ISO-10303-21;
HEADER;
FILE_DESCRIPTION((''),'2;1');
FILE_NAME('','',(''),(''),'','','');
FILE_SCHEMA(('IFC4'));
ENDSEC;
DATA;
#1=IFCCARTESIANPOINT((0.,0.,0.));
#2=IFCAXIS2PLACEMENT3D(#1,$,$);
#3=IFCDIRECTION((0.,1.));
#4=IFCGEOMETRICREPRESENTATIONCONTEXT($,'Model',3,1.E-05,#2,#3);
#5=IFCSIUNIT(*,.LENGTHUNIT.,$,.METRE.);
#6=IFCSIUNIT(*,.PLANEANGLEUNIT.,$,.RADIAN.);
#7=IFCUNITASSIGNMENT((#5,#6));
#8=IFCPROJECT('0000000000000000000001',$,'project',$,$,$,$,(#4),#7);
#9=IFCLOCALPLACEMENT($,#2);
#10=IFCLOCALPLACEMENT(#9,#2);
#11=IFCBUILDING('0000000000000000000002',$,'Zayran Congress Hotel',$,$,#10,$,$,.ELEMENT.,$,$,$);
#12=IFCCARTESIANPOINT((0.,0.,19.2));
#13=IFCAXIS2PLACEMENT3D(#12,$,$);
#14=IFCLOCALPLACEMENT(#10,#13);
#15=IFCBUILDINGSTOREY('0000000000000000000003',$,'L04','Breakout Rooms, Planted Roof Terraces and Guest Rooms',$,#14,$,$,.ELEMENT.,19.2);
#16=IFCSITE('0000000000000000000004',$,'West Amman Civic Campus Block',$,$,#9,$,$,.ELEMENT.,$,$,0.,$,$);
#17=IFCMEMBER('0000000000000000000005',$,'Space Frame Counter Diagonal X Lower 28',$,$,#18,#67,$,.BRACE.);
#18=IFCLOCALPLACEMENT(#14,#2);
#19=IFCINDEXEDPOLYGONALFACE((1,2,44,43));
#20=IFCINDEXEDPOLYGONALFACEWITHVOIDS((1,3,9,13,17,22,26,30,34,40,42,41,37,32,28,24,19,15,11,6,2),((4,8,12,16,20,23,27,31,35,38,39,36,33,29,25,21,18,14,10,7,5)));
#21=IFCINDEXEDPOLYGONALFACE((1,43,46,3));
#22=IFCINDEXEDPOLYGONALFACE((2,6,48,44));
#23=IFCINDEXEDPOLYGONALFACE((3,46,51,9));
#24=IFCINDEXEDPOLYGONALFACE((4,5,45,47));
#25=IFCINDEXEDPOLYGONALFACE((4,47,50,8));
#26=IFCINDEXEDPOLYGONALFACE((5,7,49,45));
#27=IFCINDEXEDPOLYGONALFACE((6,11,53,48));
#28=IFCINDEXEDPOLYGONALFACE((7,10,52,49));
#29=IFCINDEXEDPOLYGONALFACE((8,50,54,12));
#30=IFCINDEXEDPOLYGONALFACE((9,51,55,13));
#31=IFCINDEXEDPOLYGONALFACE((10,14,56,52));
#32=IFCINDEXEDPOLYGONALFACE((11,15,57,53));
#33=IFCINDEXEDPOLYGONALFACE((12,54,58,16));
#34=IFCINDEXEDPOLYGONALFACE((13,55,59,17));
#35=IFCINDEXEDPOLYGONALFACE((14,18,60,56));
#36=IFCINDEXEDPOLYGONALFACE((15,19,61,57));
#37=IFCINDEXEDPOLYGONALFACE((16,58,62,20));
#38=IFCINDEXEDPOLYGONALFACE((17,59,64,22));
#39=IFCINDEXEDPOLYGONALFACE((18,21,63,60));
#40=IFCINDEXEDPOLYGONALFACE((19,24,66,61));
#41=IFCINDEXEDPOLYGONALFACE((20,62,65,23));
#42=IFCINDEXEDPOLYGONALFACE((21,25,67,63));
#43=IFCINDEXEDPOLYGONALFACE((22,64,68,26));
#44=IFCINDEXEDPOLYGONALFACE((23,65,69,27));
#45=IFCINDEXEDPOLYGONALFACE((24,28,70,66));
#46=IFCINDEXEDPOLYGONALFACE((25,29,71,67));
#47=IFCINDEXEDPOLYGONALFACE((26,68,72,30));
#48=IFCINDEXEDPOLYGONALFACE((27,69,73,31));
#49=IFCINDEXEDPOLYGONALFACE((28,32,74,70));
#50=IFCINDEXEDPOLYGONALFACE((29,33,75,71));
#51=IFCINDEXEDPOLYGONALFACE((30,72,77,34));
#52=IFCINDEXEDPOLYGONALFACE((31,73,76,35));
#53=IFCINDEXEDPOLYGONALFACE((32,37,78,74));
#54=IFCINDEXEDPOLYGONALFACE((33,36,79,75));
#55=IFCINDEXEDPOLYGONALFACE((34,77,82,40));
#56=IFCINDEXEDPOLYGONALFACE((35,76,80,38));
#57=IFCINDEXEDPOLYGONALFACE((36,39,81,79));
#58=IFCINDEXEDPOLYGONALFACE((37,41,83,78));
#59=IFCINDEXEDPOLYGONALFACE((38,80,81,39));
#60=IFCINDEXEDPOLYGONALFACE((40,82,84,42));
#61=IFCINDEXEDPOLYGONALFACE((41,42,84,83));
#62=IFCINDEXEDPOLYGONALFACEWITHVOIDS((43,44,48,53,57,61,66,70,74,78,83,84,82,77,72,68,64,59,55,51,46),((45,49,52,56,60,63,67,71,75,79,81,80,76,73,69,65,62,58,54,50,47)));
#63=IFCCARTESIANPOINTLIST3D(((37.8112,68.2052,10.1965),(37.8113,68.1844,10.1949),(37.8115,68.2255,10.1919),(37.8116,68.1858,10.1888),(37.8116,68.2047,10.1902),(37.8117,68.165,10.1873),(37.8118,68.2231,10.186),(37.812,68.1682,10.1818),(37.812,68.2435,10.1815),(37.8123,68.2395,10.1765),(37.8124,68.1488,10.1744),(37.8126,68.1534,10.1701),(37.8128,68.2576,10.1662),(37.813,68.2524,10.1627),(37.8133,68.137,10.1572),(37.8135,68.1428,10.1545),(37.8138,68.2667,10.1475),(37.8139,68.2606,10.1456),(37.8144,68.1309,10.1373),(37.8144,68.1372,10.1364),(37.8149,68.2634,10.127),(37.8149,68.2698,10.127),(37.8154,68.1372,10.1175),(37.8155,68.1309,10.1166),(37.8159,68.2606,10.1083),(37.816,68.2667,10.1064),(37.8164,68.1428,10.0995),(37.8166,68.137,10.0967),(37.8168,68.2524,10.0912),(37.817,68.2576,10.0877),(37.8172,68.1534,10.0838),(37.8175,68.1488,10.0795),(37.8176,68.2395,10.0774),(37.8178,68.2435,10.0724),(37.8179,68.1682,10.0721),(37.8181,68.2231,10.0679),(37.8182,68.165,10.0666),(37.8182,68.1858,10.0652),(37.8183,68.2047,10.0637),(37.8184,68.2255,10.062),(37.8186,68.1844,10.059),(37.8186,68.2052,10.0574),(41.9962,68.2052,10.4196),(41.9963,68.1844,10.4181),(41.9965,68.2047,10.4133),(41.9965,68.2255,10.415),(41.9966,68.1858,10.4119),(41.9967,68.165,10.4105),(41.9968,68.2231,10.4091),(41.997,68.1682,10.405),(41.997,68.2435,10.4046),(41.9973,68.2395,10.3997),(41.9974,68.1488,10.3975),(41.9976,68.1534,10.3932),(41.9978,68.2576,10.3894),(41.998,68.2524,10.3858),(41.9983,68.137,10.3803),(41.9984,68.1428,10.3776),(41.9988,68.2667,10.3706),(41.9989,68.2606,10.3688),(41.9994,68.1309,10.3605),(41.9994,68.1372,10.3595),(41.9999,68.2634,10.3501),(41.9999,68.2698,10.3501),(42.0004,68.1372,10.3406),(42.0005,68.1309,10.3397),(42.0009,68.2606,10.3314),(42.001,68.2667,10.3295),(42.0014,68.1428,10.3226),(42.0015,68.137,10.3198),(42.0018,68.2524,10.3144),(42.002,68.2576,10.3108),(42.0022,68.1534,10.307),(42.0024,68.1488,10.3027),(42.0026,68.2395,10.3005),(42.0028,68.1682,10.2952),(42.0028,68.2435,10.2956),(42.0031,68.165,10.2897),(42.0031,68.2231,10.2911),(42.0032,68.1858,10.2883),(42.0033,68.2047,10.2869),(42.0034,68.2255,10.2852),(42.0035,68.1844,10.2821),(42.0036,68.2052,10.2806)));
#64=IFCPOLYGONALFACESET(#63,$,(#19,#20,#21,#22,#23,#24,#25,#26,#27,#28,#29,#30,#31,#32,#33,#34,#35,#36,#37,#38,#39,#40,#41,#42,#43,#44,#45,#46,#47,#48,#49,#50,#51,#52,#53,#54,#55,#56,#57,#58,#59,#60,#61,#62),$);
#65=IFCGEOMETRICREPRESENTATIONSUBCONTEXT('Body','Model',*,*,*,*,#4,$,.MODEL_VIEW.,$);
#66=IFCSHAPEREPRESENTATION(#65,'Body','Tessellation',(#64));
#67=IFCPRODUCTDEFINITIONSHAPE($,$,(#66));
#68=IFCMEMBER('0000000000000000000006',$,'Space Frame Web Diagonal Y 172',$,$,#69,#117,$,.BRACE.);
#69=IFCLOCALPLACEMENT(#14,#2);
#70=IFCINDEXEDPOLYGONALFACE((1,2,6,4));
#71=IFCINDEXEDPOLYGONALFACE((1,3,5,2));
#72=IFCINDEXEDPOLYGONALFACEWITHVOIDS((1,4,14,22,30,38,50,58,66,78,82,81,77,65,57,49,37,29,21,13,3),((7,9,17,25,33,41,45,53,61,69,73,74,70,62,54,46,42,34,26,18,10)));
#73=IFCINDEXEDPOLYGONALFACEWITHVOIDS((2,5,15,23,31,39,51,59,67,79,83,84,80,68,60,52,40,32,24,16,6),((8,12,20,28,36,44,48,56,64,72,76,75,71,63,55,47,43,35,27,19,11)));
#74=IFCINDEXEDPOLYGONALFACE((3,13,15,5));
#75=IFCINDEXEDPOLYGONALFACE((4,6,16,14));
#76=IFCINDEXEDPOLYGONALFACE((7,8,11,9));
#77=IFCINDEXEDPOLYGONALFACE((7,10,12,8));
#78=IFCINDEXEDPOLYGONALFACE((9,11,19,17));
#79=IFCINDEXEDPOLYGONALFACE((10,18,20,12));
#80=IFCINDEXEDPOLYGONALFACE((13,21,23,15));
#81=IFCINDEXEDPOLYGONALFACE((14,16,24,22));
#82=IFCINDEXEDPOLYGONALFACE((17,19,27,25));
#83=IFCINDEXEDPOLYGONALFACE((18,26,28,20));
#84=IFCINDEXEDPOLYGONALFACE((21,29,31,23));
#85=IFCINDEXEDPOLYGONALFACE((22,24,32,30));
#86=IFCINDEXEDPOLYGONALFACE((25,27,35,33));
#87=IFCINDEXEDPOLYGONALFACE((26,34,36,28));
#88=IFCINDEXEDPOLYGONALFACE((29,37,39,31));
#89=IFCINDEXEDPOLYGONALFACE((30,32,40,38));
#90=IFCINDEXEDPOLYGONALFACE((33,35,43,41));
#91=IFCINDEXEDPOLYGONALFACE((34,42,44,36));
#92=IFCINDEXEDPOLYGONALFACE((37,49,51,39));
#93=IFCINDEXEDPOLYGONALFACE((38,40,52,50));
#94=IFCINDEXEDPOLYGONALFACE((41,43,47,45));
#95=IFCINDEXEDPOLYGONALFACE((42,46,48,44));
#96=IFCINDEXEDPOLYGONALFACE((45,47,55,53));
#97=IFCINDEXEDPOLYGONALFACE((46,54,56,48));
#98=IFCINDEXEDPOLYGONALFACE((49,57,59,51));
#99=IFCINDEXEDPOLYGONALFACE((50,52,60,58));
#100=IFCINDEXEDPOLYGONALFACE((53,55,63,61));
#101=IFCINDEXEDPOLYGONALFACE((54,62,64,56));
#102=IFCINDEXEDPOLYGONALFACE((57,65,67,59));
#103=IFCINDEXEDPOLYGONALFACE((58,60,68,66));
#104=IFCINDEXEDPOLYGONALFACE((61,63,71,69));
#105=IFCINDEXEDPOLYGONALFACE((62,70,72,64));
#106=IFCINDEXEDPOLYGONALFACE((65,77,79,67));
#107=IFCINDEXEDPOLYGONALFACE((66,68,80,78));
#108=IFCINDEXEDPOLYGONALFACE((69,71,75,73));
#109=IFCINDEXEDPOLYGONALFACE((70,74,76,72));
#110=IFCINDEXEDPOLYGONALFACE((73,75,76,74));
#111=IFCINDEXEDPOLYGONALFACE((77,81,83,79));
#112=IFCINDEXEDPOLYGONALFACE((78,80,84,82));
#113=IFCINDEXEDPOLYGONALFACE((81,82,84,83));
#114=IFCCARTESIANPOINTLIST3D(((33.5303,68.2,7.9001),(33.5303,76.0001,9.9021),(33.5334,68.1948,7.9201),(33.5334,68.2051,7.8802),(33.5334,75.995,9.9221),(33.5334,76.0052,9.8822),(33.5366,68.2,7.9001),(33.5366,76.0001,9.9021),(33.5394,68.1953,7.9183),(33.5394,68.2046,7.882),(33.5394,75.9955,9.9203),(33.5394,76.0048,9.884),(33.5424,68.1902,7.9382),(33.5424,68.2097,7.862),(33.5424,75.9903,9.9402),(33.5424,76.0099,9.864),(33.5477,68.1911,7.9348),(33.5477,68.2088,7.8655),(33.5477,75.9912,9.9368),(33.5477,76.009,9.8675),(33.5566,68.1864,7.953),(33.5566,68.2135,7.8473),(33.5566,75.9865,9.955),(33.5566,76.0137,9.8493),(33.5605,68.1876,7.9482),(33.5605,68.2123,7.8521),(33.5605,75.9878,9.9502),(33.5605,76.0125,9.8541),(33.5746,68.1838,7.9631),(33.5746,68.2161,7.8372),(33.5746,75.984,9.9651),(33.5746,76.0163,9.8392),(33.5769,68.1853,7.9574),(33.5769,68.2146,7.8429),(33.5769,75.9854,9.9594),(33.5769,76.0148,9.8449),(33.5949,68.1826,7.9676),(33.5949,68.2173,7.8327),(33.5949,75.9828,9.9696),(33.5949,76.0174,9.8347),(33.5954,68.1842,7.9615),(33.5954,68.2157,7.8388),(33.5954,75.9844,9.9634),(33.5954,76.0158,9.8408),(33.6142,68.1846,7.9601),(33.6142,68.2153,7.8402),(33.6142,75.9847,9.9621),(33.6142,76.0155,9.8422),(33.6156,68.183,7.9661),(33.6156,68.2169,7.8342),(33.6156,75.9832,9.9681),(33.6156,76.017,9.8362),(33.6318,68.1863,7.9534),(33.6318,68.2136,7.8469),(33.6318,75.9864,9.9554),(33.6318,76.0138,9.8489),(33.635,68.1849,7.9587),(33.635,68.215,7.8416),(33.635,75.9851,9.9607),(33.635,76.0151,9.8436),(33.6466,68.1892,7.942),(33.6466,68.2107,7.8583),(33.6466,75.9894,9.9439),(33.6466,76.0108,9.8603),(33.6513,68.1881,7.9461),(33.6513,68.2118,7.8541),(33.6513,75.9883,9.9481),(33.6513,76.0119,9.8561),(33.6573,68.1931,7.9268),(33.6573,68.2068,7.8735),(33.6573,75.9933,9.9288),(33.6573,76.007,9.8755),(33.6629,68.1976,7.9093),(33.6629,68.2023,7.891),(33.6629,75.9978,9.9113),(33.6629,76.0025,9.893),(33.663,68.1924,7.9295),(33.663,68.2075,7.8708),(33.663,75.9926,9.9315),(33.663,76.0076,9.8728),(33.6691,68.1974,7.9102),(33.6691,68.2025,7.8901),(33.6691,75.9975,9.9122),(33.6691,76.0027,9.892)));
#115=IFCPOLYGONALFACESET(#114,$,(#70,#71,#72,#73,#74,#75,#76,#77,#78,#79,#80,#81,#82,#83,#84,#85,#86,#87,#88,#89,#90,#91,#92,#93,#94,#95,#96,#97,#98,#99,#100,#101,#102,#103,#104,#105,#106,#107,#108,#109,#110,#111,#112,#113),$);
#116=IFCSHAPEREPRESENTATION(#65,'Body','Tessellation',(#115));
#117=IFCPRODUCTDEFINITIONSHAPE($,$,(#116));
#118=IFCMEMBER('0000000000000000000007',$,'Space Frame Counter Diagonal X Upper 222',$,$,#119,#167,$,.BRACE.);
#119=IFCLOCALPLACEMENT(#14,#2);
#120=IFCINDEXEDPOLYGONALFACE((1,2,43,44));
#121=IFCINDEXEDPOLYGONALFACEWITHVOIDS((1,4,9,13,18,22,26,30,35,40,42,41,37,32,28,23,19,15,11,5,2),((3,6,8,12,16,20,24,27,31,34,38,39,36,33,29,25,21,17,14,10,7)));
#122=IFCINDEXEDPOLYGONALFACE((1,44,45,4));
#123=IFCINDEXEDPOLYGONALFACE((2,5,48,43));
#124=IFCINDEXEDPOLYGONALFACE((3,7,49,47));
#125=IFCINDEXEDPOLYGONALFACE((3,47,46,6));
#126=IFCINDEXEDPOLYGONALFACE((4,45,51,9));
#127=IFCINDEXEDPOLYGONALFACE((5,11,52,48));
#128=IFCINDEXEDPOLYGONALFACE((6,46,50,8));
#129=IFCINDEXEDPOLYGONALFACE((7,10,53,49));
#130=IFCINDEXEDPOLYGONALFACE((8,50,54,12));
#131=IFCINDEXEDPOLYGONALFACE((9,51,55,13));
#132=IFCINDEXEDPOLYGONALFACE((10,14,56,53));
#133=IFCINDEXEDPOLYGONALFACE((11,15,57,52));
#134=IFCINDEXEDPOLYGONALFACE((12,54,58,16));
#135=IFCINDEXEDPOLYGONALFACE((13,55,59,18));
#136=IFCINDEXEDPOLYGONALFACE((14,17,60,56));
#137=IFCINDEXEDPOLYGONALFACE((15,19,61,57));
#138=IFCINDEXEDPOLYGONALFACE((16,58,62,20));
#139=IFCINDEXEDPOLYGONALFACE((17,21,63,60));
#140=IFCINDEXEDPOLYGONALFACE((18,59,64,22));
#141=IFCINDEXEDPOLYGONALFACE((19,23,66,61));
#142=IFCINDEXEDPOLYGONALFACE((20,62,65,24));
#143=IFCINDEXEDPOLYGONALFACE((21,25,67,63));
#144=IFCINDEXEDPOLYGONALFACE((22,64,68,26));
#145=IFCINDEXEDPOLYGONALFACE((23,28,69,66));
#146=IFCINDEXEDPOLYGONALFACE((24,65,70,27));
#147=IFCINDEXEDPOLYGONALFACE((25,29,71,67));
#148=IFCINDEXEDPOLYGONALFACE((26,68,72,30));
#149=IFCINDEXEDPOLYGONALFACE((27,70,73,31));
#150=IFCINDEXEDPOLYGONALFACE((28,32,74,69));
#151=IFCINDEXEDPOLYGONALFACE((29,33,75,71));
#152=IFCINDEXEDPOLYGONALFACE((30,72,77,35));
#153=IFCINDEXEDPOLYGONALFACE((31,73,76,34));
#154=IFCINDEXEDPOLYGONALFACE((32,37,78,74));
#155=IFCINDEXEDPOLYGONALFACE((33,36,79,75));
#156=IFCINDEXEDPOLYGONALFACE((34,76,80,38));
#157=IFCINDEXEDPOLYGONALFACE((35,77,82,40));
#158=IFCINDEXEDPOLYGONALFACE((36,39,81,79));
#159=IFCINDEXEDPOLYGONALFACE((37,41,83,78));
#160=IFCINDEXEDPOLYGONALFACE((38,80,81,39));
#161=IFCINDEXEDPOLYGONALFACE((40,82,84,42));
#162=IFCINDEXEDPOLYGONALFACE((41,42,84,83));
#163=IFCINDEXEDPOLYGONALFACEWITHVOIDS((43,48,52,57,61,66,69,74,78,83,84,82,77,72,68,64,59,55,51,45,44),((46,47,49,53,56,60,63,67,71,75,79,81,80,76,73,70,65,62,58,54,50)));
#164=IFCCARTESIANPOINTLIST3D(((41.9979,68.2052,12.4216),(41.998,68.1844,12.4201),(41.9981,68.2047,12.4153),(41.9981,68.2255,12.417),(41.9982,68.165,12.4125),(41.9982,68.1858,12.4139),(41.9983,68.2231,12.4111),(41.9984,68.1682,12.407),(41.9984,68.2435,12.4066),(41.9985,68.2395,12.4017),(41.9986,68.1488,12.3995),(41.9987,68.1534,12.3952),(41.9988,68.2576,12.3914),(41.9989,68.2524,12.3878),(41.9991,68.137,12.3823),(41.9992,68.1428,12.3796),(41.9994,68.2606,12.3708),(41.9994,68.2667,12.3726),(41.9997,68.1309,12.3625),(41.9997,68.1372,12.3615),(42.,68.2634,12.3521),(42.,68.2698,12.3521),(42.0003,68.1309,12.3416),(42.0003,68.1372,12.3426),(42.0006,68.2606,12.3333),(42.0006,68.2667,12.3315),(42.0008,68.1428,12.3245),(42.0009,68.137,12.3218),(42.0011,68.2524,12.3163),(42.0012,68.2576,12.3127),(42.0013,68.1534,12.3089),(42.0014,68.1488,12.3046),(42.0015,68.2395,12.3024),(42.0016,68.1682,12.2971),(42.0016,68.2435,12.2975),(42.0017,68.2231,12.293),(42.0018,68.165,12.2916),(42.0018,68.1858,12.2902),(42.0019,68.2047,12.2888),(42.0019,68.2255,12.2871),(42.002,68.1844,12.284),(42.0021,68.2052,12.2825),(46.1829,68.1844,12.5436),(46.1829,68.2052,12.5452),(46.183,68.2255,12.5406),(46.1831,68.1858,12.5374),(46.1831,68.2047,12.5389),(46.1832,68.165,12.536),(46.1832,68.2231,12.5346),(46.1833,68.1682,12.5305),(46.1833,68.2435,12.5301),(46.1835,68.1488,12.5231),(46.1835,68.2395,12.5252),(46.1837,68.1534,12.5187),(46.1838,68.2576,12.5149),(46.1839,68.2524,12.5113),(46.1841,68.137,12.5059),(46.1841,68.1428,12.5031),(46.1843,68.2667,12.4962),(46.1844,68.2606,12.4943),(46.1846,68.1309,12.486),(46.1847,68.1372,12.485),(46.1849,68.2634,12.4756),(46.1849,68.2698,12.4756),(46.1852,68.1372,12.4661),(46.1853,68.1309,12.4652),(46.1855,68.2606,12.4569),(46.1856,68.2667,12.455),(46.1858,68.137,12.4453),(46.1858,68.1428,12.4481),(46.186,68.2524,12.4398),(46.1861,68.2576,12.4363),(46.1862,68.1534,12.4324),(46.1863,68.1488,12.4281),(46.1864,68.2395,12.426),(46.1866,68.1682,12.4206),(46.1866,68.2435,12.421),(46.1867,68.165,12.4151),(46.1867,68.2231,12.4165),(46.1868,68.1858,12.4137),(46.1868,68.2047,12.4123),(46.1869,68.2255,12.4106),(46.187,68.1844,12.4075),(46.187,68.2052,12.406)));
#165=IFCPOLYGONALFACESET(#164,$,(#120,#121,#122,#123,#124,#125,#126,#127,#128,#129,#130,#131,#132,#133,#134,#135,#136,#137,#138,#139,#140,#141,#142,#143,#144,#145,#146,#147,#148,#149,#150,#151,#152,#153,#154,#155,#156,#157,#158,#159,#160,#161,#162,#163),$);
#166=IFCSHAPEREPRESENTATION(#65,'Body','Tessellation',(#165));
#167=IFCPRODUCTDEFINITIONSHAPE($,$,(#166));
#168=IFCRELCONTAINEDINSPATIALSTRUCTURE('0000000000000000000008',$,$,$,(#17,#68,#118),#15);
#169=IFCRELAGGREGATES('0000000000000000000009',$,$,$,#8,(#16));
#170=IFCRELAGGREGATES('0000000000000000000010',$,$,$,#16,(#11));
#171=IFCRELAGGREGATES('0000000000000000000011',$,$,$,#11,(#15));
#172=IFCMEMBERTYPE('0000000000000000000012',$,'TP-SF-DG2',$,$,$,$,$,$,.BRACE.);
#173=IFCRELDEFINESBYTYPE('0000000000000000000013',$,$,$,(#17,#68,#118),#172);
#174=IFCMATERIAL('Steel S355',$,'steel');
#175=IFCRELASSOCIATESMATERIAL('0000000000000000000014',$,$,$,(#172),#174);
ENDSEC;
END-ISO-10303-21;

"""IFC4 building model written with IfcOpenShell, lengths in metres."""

from ifc_helpers import new_model, si_unit, direction, frame, origin, origin_2d, place, context, subcontext, project, spatial, hollow_circle, extrude, material, material_profile, profile_set, type_object, element, save


model = new_model("IFC4")

# Units and contexts
model_context = context("Model", 3, precision=1e-05, world=origin(), true_north=direction((0.0, 1.0)))
body_context = subcontext(model_context, "Body", "Model", "MODEL_VIEW")
ifc_project = project(units=[si_unit("LENGTHUNIT", "METRE"), si_unit("PLANEANGLEUNIT", "RADIAN")], contexts=[model_context])

# Site, building, storey
site_placement = place(None, origin())
site = spatial("IfcSite", under=ifc_project, at=site_placement, Name="West Amman Civic Campus Block", CompositionType="ELEMENT", RefElevation=0.0)
building_placement = place(site_placement, origin())
building = spatial("IfcBuilding", under=site, at=building_placement, Name="Zayran Congress Hotel", CompositionType="ELEMENT")
storey_placement = place(building_placement, frame((0.0, 0.0, 19.2)))
storey = spatial("IfcBuildingStorey", under=building, at=storey_placement, Name="L04", Description="Breakout Rooms, Planted Roof Terraces and Guest Rooms", CompositionType="ELEMENT", Elevation=19.2)

# Shared definitions
ifc_material = material(Name="Steel S355", Category="steel")

# Members
ifc_material_profile_1 = material_profile(ifc_material, hollow_circle(Radius=0.0698, WallThickness=0.0063, at=origin_2d()), Name="CHS 139.7x6.3")
ifc_profile_set_1 = profile_set([ifc_material_profile_1], Name="Steel S355")
member_type_1 = type_object("IfcMemberType", Name="TP-SF-DG2", PredefinedType="BRACE", material=ifc_profile_set_1)
member_1_placement = place(storey_placement, frame((37.8149, 68.2, 10.127), z_axis=(0.998582, 0.0, 0.053244), x_axis=(0.0, 1.0, 0.0)))
element("IfcMember", 1, at=member_1_placement, inside=storey, type_object=member_type_1, Name="Space Frame Counter Diagonal X Lower 28", PredefinedType="BRACE", context=body_context, shape_type="SweptSolid", body=[
    extrude(hollow_circle(Radius=0.0698, WallThickness=0.0063, at=origin_2d()), origin(), (0.0, 0.0, 1.0), 4.1909),
])
member_2_placement = place(storey_placement, frame((33.6001, 68.2, 7.9001), z_axis=(0.0, 0.968606, 0.248601), x_axis=(-1.0, 0.0, 0.0)))
element("IfcMember", 2, at=member_2_placement, inside=storey, type_object=member_type_1, Name="Space Frame Web Diagonal Y 172", PredefinedType="BRACE", context=body_context, shape_type="SweptSolid", body=[
    extrude(hollow_circle(Radius=0.0698, WallThickness=0.0063, at=origin_2d()), origin(), (0.0, 0.0, 1.0), 8.053),
])
member_3_placement = place(storey_placement, frame((42.0, 68.2, 12.3521), z_axis=(0.999565, 0.0, 0.029505), x_axis=(0.0, 1.0, 0.0)))
element("IfcMember", 3, at=member_3_placement, inside=storey, type_object=member_type_1, Name="Space Frame Counter Diagonal X Upper 222", PredefinedType="BRACE", context=body_context, shape_type="SweptSolid", body=[
    extrude(hollow_circle(Radius=0.0698, WallThickness=0.0063, at=origin_2d()), origin(), (0.0, 0.0, 1.0), 4.1868),
])

save(model, "model.ifc")
